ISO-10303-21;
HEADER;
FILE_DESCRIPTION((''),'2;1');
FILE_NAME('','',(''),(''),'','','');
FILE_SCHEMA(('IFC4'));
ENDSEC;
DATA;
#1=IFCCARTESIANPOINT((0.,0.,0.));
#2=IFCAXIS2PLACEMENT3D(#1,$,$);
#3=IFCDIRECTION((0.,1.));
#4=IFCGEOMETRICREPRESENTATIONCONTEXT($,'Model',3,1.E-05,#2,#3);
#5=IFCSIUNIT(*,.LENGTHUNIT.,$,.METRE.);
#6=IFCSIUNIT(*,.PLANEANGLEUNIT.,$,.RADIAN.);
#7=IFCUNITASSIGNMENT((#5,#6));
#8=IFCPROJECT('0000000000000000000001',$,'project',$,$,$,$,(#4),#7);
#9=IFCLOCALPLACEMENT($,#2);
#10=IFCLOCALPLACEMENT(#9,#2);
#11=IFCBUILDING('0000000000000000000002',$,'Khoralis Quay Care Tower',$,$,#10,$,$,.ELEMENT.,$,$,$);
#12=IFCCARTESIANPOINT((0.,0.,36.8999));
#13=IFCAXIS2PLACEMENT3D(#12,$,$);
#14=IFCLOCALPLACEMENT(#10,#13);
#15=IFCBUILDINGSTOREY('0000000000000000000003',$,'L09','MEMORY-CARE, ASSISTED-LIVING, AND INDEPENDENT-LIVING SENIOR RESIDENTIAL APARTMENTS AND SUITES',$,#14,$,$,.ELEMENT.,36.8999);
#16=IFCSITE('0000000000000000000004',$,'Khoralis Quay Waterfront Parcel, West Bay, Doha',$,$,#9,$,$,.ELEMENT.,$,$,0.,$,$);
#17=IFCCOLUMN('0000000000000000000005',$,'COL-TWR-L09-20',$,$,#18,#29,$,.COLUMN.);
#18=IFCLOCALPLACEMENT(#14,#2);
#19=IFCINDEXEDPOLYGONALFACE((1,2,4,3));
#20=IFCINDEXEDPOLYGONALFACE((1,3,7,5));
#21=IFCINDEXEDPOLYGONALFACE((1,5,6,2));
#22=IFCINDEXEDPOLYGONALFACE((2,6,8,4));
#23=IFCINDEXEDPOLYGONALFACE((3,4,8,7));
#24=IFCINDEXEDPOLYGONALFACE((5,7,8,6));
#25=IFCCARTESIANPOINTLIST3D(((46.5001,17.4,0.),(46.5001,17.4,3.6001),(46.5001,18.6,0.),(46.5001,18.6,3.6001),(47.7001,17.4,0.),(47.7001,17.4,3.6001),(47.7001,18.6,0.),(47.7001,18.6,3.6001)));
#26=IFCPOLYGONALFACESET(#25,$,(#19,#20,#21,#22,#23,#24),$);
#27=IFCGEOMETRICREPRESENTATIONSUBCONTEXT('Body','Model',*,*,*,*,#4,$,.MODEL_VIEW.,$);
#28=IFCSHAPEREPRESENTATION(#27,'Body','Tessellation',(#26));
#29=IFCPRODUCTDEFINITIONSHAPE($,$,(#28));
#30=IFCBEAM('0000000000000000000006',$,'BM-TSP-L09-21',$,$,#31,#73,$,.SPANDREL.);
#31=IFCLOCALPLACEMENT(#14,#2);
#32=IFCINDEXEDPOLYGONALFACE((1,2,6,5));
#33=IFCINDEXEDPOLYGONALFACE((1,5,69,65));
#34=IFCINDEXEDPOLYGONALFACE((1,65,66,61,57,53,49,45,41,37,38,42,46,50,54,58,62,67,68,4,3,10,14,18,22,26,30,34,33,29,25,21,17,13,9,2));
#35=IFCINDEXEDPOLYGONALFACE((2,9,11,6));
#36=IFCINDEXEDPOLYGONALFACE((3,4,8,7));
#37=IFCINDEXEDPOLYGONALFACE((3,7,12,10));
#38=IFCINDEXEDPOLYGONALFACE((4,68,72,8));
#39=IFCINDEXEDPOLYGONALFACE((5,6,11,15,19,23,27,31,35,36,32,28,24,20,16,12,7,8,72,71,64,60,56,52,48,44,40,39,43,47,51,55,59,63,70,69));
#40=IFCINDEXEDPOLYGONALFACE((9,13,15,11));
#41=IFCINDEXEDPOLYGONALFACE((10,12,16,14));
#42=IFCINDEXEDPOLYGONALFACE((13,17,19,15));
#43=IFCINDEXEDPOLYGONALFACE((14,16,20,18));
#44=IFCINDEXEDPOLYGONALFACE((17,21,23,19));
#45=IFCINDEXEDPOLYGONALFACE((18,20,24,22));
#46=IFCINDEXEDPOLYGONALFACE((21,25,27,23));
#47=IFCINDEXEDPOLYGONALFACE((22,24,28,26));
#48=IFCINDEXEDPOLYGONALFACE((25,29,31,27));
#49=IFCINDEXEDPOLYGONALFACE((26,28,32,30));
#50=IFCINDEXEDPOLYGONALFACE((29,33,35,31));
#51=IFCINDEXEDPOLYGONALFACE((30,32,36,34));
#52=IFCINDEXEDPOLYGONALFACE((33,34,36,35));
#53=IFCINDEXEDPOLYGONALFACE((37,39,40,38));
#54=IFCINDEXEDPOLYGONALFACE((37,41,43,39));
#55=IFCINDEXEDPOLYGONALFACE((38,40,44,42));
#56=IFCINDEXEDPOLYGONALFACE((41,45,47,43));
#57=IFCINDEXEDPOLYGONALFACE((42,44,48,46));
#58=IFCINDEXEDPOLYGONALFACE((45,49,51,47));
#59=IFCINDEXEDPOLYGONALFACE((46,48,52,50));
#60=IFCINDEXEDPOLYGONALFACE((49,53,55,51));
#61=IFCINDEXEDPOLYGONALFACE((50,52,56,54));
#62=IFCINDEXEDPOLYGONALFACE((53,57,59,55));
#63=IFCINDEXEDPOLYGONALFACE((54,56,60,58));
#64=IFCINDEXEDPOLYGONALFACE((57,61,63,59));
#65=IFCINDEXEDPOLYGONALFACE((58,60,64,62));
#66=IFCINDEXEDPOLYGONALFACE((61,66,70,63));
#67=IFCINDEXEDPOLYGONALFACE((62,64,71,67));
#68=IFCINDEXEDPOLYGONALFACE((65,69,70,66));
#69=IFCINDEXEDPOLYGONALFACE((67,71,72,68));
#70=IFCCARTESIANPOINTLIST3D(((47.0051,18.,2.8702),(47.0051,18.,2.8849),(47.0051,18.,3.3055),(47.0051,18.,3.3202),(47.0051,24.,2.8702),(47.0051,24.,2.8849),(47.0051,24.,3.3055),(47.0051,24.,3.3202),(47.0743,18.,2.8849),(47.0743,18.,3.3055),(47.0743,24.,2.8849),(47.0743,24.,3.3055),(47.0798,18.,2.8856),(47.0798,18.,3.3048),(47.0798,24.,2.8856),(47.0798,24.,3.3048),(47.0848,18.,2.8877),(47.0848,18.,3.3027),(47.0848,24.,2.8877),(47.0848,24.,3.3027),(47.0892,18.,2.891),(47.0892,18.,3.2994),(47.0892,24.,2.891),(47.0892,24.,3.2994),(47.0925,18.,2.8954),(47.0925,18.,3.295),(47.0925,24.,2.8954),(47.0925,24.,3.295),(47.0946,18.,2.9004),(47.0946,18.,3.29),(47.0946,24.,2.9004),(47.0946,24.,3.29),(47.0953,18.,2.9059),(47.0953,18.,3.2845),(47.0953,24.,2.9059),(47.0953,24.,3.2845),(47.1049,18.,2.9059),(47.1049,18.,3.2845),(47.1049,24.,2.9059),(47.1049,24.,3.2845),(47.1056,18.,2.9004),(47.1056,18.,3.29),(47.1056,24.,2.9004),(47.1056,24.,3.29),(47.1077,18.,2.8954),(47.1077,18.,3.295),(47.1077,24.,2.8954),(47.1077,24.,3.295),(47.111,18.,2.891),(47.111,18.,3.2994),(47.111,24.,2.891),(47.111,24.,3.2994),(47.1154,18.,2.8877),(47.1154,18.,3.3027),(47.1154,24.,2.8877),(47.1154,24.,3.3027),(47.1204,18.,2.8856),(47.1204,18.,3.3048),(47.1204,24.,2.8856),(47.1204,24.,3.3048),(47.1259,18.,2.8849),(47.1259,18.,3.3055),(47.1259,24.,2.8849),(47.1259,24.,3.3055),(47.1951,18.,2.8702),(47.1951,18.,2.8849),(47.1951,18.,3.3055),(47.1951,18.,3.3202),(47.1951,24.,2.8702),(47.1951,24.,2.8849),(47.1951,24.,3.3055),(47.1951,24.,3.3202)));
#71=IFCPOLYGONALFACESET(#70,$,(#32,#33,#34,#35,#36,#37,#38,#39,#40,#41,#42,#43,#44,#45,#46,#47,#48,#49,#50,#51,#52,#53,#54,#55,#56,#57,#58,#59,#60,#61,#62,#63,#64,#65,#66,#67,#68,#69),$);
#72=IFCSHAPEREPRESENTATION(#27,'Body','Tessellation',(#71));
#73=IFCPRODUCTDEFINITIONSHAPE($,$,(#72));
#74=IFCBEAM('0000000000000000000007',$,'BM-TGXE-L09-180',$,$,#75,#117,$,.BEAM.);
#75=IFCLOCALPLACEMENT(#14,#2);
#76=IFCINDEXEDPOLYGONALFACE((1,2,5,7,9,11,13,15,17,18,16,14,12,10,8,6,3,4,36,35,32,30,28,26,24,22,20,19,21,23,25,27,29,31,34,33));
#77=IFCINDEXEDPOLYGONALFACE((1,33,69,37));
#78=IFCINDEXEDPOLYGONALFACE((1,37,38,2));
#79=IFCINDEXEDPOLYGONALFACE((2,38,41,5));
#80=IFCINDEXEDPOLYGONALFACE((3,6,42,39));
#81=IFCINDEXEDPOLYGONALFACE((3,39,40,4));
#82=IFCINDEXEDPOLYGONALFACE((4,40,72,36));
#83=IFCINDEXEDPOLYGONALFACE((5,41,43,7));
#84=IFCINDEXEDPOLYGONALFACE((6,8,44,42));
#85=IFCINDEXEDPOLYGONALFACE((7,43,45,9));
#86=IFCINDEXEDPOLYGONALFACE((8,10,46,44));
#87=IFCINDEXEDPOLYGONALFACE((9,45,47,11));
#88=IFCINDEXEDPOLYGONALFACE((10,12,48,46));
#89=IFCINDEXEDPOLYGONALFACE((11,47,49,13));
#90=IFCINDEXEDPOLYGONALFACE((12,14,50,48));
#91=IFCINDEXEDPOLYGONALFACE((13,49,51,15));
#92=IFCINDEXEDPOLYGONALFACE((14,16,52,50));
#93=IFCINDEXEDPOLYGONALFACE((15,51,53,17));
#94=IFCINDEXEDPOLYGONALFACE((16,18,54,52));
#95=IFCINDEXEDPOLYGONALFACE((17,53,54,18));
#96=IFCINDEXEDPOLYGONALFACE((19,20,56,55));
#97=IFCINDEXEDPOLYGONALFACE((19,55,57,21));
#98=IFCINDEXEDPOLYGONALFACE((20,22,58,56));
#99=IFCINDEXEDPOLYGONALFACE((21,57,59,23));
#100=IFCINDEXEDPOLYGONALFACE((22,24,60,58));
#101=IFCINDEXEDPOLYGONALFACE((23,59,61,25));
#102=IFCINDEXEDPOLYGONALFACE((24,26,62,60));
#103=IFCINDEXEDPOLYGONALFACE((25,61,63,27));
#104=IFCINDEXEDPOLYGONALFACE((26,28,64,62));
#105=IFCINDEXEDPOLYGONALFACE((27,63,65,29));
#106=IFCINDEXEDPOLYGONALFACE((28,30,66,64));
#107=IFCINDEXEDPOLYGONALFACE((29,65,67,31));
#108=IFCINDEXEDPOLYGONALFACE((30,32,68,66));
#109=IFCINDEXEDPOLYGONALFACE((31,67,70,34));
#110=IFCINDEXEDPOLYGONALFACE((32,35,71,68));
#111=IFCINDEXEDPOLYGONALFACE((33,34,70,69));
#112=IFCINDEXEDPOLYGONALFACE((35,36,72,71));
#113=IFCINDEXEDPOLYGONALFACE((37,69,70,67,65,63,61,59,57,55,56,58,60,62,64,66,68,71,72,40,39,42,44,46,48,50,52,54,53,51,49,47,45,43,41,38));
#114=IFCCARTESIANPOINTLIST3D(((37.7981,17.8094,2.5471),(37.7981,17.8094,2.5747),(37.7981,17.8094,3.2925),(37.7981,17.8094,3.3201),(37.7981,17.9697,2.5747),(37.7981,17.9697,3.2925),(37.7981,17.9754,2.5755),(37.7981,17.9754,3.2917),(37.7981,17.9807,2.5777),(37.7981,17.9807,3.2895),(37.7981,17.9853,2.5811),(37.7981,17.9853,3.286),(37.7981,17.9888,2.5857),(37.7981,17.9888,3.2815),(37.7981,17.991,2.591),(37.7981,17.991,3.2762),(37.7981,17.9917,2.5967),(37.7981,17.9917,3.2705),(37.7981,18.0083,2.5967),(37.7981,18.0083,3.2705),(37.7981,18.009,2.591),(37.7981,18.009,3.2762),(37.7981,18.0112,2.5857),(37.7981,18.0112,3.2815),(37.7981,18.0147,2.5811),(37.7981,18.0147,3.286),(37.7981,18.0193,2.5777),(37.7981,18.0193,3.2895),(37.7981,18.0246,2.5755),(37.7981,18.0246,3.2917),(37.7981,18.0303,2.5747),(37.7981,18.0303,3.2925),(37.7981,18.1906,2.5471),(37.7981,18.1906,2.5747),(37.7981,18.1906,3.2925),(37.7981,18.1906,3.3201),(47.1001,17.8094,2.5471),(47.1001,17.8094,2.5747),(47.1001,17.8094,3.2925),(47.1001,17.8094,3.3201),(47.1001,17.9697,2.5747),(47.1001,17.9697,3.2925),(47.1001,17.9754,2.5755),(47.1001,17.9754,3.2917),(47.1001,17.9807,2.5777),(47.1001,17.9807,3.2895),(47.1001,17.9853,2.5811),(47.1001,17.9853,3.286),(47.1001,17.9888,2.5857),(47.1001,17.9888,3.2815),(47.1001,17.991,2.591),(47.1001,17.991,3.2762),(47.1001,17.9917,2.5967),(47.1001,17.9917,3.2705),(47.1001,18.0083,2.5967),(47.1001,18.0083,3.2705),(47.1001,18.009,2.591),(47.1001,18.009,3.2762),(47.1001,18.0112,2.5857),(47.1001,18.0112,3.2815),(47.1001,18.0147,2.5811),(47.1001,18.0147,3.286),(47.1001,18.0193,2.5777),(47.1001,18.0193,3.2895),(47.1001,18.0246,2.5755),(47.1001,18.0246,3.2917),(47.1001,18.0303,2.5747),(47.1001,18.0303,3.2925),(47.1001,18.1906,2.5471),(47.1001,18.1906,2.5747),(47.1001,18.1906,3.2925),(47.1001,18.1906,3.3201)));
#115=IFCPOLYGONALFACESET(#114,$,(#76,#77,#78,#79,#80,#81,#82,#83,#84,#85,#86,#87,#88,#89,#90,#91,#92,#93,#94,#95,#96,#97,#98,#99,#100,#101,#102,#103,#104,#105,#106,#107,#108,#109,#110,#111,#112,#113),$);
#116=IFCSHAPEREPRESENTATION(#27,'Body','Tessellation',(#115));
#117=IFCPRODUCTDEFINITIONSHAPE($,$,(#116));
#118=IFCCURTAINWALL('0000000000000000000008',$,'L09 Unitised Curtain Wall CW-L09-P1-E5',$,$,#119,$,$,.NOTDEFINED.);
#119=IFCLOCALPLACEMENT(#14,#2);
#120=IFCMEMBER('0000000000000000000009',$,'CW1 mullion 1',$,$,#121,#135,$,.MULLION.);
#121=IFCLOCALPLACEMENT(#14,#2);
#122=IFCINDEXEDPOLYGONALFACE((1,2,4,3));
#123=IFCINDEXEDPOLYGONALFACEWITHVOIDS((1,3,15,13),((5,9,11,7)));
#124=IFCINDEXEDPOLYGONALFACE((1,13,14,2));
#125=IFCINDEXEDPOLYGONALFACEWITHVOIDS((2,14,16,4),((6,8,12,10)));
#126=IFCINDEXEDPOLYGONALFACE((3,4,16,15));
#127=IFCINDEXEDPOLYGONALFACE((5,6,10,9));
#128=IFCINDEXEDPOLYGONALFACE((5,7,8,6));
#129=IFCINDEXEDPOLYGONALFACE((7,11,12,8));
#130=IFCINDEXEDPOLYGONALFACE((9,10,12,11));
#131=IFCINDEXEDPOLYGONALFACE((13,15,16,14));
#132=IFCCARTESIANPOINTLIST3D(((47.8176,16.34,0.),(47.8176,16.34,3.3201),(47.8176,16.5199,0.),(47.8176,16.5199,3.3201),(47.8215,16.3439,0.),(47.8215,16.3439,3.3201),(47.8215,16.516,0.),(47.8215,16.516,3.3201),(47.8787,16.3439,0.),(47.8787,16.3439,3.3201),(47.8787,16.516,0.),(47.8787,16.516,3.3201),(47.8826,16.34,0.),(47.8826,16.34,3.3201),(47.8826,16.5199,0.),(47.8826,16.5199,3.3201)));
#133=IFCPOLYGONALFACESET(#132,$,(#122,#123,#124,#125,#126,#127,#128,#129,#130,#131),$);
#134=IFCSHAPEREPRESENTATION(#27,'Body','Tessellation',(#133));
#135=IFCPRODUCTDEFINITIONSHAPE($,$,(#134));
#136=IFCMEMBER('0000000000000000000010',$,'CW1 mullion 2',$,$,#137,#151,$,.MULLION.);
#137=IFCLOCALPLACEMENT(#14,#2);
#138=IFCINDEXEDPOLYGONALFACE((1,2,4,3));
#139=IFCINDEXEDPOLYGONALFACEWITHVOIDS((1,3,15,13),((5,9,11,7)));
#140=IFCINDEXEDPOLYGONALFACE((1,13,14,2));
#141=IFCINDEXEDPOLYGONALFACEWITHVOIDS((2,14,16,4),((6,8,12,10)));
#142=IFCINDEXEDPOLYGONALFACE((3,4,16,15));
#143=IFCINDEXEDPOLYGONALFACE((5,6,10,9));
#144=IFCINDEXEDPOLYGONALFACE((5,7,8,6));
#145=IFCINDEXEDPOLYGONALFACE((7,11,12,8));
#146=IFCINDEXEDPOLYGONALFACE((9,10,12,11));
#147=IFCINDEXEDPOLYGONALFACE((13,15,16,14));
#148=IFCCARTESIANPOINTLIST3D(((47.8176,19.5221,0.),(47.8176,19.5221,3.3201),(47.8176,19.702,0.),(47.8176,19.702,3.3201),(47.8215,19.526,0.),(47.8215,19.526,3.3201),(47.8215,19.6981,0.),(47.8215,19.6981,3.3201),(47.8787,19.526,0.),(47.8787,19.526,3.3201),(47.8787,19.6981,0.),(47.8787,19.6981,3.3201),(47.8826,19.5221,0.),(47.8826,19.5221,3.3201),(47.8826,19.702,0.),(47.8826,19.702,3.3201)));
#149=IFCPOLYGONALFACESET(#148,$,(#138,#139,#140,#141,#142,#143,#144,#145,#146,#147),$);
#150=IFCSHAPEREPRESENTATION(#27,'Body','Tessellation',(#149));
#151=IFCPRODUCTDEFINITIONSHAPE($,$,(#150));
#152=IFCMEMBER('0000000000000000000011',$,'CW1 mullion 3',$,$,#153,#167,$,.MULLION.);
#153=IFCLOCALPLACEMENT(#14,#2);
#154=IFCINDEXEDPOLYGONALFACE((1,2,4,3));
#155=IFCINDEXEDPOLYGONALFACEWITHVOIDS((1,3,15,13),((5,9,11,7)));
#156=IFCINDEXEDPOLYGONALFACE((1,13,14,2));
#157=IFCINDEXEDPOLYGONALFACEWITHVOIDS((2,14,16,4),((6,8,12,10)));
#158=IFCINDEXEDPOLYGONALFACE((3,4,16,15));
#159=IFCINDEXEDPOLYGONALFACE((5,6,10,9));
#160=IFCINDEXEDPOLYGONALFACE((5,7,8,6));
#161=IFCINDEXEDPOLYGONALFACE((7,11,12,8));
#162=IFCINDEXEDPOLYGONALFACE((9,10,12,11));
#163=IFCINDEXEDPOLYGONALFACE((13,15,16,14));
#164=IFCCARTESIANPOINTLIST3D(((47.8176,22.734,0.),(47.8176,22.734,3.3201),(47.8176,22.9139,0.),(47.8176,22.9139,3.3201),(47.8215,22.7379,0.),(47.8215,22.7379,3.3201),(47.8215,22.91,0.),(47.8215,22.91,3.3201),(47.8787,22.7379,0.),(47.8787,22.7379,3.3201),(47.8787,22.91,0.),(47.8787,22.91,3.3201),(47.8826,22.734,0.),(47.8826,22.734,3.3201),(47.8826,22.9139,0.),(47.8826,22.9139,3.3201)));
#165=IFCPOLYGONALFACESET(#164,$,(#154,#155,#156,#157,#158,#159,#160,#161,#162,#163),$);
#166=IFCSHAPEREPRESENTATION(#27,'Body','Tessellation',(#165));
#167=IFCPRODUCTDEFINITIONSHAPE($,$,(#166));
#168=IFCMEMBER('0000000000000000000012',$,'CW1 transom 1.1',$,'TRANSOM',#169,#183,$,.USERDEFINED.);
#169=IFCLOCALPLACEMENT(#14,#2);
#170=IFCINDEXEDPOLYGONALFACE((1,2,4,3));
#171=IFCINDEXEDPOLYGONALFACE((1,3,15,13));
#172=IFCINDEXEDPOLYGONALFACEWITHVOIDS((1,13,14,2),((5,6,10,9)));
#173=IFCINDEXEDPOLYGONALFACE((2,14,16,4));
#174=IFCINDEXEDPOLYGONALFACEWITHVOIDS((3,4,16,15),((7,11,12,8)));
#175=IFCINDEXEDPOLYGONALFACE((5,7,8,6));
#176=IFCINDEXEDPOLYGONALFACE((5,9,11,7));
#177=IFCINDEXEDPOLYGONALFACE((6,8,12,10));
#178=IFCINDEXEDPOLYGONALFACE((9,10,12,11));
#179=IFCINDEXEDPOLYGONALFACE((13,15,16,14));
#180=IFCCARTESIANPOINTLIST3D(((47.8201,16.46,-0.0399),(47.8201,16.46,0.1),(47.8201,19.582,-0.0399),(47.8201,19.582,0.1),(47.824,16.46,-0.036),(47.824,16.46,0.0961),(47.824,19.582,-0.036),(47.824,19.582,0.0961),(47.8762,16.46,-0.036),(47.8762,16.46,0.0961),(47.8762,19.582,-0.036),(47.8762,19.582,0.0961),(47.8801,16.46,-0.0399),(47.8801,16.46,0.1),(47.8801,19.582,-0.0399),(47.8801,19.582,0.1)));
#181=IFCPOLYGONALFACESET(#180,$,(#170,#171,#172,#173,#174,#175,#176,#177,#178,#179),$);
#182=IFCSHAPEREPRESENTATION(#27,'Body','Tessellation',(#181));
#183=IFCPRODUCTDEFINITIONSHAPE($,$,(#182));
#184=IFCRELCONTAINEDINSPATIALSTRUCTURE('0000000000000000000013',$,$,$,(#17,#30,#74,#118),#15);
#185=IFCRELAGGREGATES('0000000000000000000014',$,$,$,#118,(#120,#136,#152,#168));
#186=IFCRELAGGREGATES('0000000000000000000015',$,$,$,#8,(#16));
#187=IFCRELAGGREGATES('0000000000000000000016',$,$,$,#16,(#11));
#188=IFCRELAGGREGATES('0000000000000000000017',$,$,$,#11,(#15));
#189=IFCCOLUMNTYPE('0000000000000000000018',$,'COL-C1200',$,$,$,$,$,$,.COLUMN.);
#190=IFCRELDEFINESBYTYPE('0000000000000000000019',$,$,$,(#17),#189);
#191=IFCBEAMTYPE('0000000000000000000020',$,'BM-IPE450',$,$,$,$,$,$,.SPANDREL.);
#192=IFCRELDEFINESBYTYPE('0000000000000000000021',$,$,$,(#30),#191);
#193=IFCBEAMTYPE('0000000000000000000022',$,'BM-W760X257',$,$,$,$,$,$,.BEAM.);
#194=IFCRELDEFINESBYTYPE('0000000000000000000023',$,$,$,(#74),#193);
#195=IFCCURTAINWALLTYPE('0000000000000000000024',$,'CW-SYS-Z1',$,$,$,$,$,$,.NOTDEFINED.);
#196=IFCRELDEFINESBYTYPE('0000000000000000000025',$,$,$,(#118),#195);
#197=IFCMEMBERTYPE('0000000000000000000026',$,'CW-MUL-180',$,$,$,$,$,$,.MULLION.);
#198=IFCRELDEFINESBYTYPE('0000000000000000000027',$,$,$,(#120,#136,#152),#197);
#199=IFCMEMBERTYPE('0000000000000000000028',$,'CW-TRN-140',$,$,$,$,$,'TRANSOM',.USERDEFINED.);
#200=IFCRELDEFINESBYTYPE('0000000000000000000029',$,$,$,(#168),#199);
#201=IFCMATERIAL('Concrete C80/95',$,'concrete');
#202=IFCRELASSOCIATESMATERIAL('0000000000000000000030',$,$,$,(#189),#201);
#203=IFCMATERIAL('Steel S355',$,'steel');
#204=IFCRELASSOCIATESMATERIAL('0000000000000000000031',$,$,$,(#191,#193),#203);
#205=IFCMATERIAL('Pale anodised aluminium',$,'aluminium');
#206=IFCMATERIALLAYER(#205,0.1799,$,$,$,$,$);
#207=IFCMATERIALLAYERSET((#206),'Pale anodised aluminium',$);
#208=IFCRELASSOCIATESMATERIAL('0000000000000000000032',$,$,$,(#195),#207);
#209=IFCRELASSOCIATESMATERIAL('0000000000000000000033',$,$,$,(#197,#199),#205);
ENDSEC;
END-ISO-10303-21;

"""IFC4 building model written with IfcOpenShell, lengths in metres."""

from ifc_helpers import new_model, si_unit, direction, frame, origin, origin_2d, place, context, subcontext, project, spatial, rectangle, hollow_rectangle, i_section, extrude, source, transform, mapped, material, layer, layer_set, material_profile, profile_set, type_object, element, aggregate, save


model = new_model("IFC4")

# Units and contexts
model_context = context("Model", 3, precision=1e-05, world=origin(), true_north=direction((0.0, 1.0)))
body_context = subcontext(model_context, "Body", "Model", "MODEL_VIEW")
ifc_project = project(units=[si_unit("LENGTHUNIT", "METRE"), si_unit("PLANEANGLEUNIT", "RADIAN")], contexts=[model_context])

# Site, building, storey
site_placement = place(None, origin())
site = spatial("IfcSite", under=ifc_project, at=site_placement, Name="Khoralis Quay Waterfront Parcel, West Bay, Doha", CompositionType="ELEMENT", RefElevation=0.0)
building_placement = place(site_placement, origin())
building = spatial("IfcBuilding", under=site, at=building_placement, Name="Khoralis Quay Care Tower", CompositionType="ELEMENT")
storey_placement = place(building_placement, frame((0.0, 0.0, 36.8999)))
storey = spatial("IfcBuildingStorey", under=building, at=storey_placement, Name="L09", Description="MEMORY-CARE, ASSISTED-LIVING, AND INDEPENDENT-LIVING SENIOR RESIDENTIAL APARTMENTS AND SUITES", CompositionType="ELEMENT", Elevation=36.8999)

# Column
ifc_material_1 = material(Name="Concrete C80/95", Category="concrete")
ifc_material_profile_1 = material_profile(ifc_material_1, rectangle(XDim=1.2, YDim=1.2, at=origin_2d()), Name="Concrete C80/95")
ifc_profile_set_1 = profile_set([ifc_material_profile_1], Name="Concrete C80/95")
column_type = type_object("IfcColumnType", Name="COL-C1200", PredefinedType="COLUMN", material=ifc_profile_set_1)
shared_shape_1 = source(origin(), body_context, "Body", "SweptSolid", [
    extrude(rectangle(XDim=1.2, YDim=1.2, at=origin_2d()), origin(), (0.0, 0.0, 1.0), 3.6001),
])
column_placement = place(storey_placement, frame((47.1001, 18.0, 0.0), z_axis=(0.0, 0.0, 1.0), x_axis=(1.0, 0.0, 0.0)))
element("IfcColumn", 1, at=column_placement, inside=storey, type_object=column_type, Name="COL-TWR-L09-20", PredefinedType="COLUMN", context=body_context, shape_type="MappedRepresentation", body=[
    mapped(shared_shape_1, transform((0.0, 0.0, 0.0), scale=1.0)),
])

# Beams
ifc_material_2 = material(Name="Steel S355", Category="steel")
ifc_material_profile_2 = material_profile(ifc_material_2, i_section(OverallWidth=0.1899, OverallDepth=0.45, WebThickness=0.0095, FlangeThickness=0.0146, FilletRadius=0.021, at=origin_2d()), Name="Steel S355")
ifc_profile_set_2 = profile_set([ifc_material_profile_2], Name="Steel S355")
beam_type_1 = type_object("IfcBeamType", Name="BM-IPE450", PredefinedType="SPANDREL", material=ifc_profile_set_2)
shared_shape_2 = source(origin(), body_context, "Body", "SweptSolid", [
    extrude(i_section(OverallWidth=0.1899, OverallDepth=0.45, WebThickness=0.0095, FlangeThickness=0.0146, FilletRadius=0.021, at=origin_2d()), origin(), (0.0, 0.0, 1.0), 6.0),
])
beam_1_placement = place(storey_placement, frame((47.1001, 18.0, 3.0952), z_axis=(0.0, 1.0, 0.0), x_axis=(-1.0, 0.0, 0.0)))
element("IfcBeam", 2, at=beam_1_placement, inside=storey, type_object=beam_type_1, Name="BM-TSP-L09-21", PredefinedType="SPANDREL", context=body_context, shape_type="MappedRepresentation", body=[
    mapped(shared_shape_2, transform((0.0, 0.0, 0.0), scale=1.0)),
])
ifc_material_profile_3 = material_profile(ifc_material_2, i_section(OverallWidth=0.3811, OverallDepth=0.7729, WebThickness=0.0166, FlangeThickness=0.0276, FilletRadius=0.022, at=origin_2d()), Name="Steel S355")
ifc_profile_set_3 = profile_set([ifc_material_profile_3], Name="Steel S355")
beam_type_2 = type_object("IfcBeamType", Name="BM-W760X257", PredefinedType="BEAM", material=ifc_profile_set_3)
shared_shape_3 = source(origin(), body_context, "Body", "SweptSolid", [
    extrude(i_section(OverallWidth=0.3811, OverallDepth=0.7729, WebThickness=0.0166, FlangeThickness=0.0276, FilletRadius=0.022, at=origin_2d()), origin(), (0.0, 0.0, 1.0), 9.302),
])
beam_2_placement = place(storey_placement, frame((37.7981, 18.0, 2.9336), z_axis=(1.0, 0.0, 0.0), x_axis=(0.0, 1.0, 0.0)))
element("IfcBeam", 3, at=beam_2_placement, inside=storey, type_object=beam_type_2, Name="BM-TGXE-L09-180", PredefinedType="BEAM", context=body_context, shape_type="MappedRepresentation", body=[
    mapped(shared_shape_3, transform((0.0, 0.0, 0.0), scale=1.0)),
])

# Curtain wall, members
ifc_material_3 = material(Name="Pale anodised aluminium", Category="aluminium")
ifc_layer_1 = layer(ifc_material_3, 0.1799)
ifc_layer_set_1 = layer_set([ifc_layer_1], Name="Pale anodised aluminium")
curtain_wall_type = type_object("IfcCurtainWallType", Name="CW-SYS-Z1", PredefinedType="NOTDEFINED", material=ifc_layer_set_1)
curtain_wall_placement = place(storey_placement, origin())
curtain_wall = element("IfcCurtainWall", 4, at=curtain_wall_placement, inside=storey, type_object=curtain_wall_type, Name="L09 Unitised Curtain Wall CW-L09-P1-E5", PredefinedType="NOTDEFINED")
ifc_material_profile_4 = material_profile(ifc_material_3, hollow_rectangle(XDim=0.0649, YDim=0.1799, WallThickness=0.0039, at=origin_2d()), Name="Pale anodised aluminium")
ifc_profile_set_4 = profile_set([ifc_material_profile_4], Name="Pale anodised aluminium")
member_type_1 = type_object("IfcMemberType", Name="CW-MUL-180", PredefinedType="MULLION", material=ifc_profile_set_4)
shared_shape_4 = source(origin(), body_context, "Body", "SweptSolid", [
    extrude(hollow_rectangle(XDim=0.0649, YDim=0.1799, WallThickness=0.0039, at=origin_2d()), origin(), (0.0, 0.0, 1.0), 3.3201),
])
member_1_placement = place(storey_placement, frame((47.8501, 16.4299, 0.0), z_axis=(0.0, 0.0, 1.0), x_axis=(-1.0, 0.0, 0.0)))
member_1 = element("IfcMember", 5, at=member_1_placement, type_object=member_type_1, Name="CW1 mullion 1", PredefinedType="MULLION", context=body_context, shape_type="MappedRepresentation", body=[
    mapped(shared_shape_4, transform((0.0, 0.0, 0.0), scale=1.0)),
])
member_2_placement = place(storey_placement, frame((47.8501, 19.6121, 0.0), z_axis=(0.0, 0.0, 1.0), x_axis=(-1.0, 0.0, 0.0)))
member_2 = element("IfcMember", 6, at=member_2_placement, type_object=member_type_1, Name="CW1 mullion 2", PredefinedType="MULLION", context=body_context, shape_type="MappedRepresentation", body=[
    mapped(shared_shape_4, transform((0.0, 0.0, 0.0), scale=1.0)),
])
member_3_placement = place(storey_placement, frame((47.8501, 22.824, 0.0), z_axis=(0.0, 0.0, 1.0), x_axis=(-1.0, 0.0, 0.0)))
member_3 = element("IfcMember", 7, at=member_3_placement, type_object=member_type_1, Name="CW1 mullion 3", PredefinedType="MULLION", context=body_context, shape_type="MappedRepresentation", body=[
    mapped(shared_shape_4, transform((0.0, 0.0, 0.0), scale=1.0)),
])
ifc_material_profile_5 = material_profile(ifc_material_3, hollow_rectangle(XDim=0.0601, YDim=0.1399, WallThickness=0.0039, at=origin_2d()), Name="Pale anodised aluminium")
ifc_profile_set_5 = profile_set([ifc_material_profile_5], Name="Pale anodised aluminium")
member_type_2 = type_object("IfcMemberType", Name="CW-TRN-140", ElementType="TRANSOM", PredefinedType="USERDEFINED", material=ifc_profile_set_5)
shared_shape_5 = source(origin(), body_context, "Body", "SweptSolid", [
    extrude(hollow_rectangle(XDim=0.0601, YDim=0.1399, WallThickness=0.0039, at=origin_2d()), origin(), (0.0, 0.0, 1.0), 3.1221),
])
member_4_placement = place(storey_placement, frame((47.8501, 16.46, 0.03), z_axis=(0.0, 1.0, 0.0), x_axis=(-1.0, 0.0, 0.0)))
member_4 = element("IfcMember", 8, at=member_4_placement, type_object=member_type_2, Name="CW1 transom 1.1", ObjectType="TRANSOM", PredefinedType="USERDEFINED", context=body_context, shape_type="MappedRepresentation", body=[
    mapped(shared_shape_5, transform((0.0, 0.0, 0.0), scale=1.0)),
])
aggregate(curtain_wall, [member_1, member_2, member_3, member_4])

save(model, "model.ifc")
